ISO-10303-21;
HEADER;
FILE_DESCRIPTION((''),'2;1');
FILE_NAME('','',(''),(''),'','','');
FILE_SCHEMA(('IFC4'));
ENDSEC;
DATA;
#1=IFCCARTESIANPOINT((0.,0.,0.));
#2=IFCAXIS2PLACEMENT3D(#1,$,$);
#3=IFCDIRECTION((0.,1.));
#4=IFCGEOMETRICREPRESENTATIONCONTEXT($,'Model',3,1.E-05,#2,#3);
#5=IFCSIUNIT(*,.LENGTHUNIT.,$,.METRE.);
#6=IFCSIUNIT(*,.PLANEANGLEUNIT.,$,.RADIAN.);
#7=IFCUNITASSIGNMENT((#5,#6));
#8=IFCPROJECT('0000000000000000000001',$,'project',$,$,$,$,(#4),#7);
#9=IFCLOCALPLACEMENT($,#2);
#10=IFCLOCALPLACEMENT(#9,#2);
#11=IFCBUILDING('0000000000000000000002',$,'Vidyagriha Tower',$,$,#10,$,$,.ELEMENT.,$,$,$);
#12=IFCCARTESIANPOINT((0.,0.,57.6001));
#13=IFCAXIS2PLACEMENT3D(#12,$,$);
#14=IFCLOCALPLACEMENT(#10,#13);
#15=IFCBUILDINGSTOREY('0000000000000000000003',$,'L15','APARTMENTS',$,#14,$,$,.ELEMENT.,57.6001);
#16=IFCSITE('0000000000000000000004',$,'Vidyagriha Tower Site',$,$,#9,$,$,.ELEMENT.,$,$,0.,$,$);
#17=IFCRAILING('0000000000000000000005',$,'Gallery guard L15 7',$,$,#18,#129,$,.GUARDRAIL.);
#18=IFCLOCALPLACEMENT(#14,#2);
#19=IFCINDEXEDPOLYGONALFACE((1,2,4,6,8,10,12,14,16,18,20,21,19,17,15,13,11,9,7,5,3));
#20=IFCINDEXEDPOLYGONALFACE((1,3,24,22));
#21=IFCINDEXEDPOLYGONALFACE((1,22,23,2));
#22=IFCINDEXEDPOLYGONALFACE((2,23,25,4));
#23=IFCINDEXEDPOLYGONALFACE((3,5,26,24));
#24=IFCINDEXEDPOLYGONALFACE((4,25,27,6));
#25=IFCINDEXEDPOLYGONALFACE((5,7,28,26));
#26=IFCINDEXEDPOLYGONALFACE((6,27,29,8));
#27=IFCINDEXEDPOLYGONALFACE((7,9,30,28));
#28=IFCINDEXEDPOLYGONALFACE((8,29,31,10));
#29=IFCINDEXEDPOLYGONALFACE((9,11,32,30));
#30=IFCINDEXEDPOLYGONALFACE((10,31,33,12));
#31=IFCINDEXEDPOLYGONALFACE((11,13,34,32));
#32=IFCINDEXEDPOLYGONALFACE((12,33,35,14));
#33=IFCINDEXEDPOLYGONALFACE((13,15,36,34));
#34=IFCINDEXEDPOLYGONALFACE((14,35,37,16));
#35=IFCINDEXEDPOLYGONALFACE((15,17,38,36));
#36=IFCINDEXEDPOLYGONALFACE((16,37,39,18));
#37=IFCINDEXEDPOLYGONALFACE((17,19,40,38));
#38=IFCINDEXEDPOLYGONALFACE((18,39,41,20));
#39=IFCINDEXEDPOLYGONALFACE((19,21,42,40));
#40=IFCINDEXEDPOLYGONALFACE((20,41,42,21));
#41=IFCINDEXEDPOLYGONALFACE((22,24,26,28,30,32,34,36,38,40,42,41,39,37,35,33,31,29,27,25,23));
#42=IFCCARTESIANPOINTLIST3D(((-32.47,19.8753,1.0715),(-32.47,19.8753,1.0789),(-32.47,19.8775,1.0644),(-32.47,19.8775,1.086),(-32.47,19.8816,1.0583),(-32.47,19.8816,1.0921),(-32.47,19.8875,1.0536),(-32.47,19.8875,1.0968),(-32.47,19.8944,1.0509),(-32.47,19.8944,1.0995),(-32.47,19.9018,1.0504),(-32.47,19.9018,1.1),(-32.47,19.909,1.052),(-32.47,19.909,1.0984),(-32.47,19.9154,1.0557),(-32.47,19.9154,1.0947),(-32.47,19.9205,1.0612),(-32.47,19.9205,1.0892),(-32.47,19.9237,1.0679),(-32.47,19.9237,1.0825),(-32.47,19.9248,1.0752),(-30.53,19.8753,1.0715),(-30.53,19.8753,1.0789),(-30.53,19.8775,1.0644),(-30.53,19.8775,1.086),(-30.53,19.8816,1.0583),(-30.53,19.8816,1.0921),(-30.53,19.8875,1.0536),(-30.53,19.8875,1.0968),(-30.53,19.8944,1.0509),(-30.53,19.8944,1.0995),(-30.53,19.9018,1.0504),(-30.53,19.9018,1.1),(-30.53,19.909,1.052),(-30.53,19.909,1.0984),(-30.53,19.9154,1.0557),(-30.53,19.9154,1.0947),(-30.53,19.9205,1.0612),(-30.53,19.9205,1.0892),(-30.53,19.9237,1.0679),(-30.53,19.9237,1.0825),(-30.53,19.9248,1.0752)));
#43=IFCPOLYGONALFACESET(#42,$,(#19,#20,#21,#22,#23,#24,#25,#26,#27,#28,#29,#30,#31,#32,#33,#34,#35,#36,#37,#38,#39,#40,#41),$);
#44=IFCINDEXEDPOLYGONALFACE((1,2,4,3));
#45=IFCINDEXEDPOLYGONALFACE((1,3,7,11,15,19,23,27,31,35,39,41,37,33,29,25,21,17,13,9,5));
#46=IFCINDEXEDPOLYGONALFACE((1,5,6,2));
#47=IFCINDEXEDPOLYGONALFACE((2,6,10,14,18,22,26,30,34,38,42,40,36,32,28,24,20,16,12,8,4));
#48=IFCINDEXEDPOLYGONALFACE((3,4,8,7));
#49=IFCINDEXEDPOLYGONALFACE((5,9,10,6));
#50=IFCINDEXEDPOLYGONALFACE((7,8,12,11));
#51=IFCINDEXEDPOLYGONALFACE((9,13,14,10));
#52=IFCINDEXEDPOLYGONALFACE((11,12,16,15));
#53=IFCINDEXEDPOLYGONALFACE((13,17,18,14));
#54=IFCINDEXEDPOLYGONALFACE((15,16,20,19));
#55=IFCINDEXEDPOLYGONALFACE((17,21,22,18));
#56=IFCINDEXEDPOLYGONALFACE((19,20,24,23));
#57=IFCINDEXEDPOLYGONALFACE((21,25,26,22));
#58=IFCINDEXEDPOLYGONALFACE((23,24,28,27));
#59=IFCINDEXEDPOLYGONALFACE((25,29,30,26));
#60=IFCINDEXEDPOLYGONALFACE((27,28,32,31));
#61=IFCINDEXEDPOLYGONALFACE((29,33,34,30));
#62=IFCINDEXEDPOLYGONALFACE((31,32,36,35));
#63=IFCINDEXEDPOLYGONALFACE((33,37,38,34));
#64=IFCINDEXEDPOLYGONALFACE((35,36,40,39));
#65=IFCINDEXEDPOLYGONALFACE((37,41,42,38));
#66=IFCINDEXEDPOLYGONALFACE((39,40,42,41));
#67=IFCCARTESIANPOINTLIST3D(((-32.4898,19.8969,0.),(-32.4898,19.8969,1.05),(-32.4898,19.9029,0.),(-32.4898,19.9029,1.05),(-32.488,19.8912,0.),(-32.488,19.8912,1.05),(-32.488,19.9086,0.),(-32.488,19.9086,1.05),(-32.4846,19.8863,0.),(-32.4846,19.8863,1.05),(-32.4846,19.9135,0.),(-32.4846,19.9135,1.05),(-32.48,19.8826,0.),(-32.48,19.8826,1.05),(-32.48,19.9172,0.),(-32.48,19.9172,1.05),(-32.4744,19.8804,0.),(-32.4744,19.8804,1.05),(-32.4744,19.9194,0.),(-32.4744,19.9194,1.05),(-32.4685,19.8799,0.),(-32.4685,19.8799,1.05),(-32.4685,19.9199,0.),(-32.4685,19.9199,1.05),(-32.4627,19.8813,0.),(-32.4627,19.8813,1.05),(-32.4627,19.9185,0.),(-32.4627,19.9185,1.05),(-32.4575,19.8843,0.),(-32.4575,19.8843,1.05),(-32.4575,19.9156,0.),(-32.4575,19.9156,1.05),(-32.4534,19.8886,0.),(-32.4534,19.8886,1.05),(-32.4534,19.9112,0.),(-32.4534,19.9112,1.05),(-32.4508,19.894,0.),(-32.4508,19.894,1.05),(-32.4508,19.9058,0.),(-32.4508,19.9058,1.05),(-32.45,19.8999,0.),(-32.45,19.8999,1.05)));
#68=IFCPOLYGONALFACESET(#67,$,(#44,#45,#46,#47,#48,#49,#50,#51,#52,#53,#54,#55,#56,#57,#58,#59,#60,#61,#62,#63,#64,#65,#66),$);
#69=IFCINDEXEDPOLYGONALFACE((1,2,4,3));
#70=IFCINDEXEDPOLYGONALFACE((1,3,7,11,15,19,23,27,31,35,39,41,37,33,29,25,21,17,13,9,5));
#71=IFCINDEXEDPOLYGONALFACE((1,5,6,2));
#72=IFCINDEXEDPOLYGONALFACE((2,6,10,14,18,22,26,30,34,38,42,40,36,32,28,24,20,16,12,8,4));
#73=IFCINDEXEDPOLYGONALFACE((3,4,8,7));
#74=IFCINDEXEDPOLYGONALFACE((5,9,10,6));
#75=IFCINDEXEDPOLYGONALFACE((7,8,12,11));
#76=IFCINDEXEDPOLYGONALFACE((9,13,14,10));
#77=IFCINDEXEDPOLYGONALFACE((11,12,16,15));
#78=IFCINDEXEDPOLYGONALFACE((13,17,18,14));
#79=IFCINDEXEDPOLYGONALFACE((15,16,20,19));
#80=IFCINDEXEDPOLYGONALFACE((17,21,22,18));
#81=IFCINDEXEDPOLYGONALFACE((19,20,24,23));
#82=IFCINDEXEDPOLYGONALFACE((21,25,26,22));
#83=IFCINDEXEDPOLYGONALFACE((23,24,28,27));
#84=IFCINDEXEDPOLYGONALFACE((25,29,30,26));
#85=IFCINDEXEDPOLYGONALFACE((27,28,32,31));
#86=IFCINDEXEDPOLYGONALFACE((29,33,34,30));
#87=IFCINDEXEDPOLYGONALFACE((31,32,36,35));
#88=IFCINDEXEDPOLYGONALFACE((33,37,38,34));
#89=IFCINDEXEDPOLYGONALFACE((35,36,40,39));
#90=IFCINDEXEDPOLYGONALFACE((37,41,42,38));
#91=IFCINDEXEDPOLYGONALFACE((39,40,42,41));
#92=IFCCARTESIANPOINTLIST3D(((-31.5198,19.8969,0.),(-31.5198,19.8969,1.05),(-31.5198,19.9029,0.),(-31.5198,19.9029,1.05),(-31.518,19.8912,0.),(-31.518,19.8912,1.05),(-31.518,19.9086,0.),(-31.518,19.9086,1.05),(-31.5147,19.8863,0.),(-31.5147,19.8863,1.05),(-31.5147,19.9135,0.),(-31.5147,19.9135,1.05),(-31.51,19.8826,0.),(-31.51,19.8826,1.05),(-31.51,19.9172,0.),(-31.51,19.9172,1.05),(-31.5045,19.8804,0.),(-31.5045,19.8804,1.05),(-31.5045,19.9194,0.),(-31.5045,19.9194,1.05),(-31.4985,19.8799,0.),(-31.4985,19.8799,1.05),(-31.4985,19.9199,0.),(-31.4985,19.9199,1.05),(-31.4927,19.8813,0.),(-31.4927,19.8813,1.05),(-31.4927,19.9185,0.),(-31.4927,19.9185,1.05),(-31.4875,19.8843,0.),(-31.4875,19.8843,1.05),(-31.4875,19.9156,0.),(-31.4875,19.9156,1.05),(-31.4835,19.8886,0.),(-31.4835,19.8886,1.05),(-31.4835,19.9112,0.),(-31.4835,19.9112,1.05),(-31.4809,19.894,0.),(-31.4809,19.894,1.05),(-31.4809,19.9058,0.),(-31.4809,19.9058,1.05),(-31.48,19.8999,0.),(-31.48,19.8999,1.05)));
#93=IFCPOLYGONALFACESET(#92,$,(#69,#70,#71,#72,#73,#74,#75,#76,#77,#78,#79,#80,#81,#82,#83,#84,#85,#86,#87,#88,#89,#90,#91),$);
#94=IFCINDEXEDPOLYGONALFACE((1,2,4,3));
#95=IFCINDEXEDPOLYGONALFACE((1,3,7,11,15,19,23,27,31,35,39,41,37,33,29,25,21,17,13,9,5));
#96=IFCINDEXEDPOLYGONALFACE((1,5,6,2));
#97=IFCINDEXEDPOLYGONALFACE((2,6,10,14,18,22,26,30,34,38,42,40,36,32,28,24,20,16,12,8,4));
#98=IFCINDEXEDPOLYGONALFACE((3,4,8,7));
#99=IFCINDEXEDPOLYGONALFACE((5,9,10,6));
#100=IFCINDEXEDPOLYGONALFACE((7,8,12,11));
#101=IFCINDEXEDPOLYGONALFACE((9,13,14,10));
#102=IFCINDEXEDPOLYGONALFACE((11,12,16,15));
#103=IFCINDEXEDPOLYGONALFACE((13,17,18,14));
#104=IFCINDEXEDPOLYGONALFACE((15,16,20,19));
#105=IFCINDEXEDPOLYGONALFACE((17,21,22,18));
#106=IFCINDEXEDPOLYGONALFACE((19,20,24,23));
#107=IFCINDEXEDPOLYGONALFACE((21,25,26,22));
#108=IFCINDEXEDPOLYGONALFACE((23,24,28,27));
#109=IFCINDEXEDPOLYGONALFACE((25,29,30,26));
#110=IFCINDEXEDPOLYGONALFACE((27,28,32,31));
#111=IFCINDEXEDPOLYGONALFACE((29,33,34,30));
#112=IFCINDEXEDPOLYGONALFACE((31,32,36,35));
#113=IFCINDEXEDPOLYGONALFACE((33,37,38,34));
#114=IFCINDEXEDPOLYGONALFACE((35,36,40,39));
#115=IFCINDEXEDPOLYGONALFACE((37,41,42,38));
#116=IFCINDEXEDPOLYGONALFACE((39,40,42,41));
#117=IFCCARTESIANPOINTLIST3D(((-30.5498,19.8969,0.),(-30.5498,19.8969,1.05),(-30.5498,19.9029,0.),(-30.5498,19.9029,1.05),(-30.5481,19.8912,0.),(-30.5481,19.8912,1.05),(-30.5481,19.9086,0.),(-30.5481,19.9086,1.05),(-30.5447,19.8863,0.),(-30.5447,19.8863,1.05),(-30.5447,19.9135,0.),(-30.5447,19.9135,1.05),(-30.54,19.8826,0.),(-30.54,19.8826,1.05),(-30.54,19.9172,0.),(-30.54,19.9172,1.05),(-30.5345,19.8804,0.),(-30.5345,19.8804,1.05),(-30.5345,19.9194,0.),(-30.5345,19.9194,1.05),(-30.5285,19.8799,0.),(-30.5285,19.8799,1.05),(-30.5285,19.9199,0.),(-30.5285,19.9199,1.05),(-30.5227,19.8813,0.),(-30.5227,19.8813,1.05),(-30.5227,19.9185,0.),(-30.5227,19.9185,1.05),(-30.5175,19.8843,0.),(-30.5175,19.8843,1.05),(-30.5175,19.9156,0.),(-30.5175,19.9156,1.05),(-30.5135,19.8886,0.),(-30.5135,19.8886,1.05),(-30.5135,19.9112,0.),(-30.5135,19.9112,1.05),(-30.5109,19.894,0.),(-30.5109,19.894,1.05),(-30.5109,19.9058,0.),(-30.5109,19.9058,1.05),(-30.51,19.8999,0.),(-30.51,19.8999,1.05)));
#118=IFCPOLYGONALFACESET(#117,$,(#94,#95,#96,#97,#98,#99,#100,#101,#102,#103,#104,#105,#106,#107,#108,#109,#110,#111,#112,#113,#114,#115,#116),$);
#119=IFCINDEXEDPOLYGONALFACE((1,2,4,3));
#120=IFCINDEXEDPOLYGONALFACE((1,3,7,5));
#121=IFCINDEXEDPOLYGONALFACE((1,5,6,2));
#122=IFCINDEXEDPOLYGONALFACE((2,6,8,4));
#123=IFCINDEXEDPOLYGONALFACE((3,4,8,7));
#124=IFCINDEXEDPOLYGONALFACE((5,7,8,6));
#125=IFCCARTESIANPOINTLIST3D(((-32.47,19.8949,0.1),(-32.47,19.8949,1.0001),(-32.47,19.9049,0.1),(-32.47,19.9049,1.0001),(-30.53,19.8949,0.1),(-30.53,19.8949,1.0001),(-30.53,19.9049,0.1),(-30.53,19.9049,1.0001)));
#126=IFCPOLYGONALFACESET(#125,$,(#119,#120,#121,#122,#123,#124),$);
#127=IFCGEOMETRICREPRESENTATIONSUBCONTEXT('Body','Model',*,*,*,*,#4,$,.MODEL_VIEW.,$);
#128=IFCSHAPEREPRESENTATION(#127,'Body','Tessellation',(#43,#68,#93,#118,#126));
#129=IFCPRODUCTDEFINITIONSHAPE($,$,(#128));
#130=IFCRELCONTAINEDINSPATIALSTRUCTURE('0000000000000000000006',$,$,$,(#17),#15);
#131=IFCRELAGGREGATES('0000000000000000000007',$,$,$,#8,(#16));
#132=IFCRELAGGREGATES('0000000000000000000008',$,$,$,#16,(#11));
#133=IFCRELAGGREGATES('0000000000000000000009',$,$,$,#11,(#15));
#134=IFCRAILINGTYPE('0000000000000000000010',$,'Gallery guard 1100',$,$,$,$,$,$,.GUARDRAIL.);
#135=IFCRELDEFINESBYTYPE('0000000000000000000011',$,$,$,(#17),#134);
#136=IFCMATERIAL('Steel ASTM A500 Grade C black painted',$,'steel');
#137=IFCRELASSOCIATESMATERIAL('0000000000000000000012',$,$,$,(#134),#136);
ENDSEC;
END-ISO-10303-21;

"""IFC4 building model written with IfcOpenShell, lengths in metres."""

from ifc_helpers import new_model, si_unit, direction, frame, origin, origin_2d, place, context, subcontext, project, spatial, rectangle, circle, extrude, material, type_object, element, save


model = new_model("IFC4")

# Units and contexts
model_context = context("Model", 3, precision=1e-05, world=origin(), true_north=direction((0.0, 1.0)))
body_context = subcontext(model_context, "Body", "Model", "MODEL_VIEW")
ifc_project = project(units=[si_unit("LENGTHUNIT", "METRE"), si_unit("PLANEANGLEUNIT", "RADIAN")], contexts=[model_context])

# Site, building, storey
site_placement = place(None, origin())
site = spatial("IfcSite", under=ifc_project, at=site_placement, Name="Vidyagriha Tower Site", CompositionType="ELEMENT", RefElevation=0.0)
building_placement = place(site_placement, origin())
building = spatial("IfcBuilding", under=site, at=building_placement, Name="Vidyagriha Tower", CompositionType="ELEMENT")
storey_placement = place(building_placement, frame((0.0, 0.0, 57.6001)))
storey = spatial("IfcBuildingStorey", under=building, at=storey_placement, Name="L15", Description="APARTMENTS", CompositionType="ELEMENT", Elevation=57.6001)

# Railing
ifc_material_1 = material(Name="Steel ASTM A500 Grade C black painted", Category="steel")
railing_type = type_object("IfcRailingType", Name="Gallery guard 1100", PredefinedType="GUARDRAIL", material=ifc_material_1)
railing_1_placement = place(storey_placement, frame((-32.47, 19.8999, 0.0)))
element("IfcRailing", 1, at=railing_1_placement, inside=storey, type_object=railing_type, Name="Gallery guard L15 7", PredefinedType="GUARDRAIL", context=body_context, shape_type="SweptSolid", body=[
    extrude(circle(Radius=0.0249, at=origin_2d()), frame((0.0, 0.0, 1.0752), z_axis=(1.0, 0.0, 0.0), x_axis=(0.0, 1.0, 0.0)), (0.0, 0.0, 1.0), 1.9399),
    extrude(circle(Radius=0.02, at=origin_2d()), origin(), (0.0, 0.0, 1.0), 1.05),
    extrude(circle(Radius=0.02, at=origin_2d()), frame((0.97, 0.0, 0.0)), (0.0, 0.0, 1.0), 1.05),
    extrude(circle(Radius=0.02, at=origin_2d()), frame((1.9399, 0.0, 0.0)), (0.0, 0.0, 1.0), 1.05),
    extrude(rectangle(XDim=0.01, YDim=0.9001, at=origin_2d()), frame((0.0, 0.0, 0.55), z_axis=(1.0, 0.0, 0.0), x_axis=(0.0, 1.0, 0.0)), (0.0, 0.0, 1.0), 1.9399),
])

save(model, "model.ifc")
